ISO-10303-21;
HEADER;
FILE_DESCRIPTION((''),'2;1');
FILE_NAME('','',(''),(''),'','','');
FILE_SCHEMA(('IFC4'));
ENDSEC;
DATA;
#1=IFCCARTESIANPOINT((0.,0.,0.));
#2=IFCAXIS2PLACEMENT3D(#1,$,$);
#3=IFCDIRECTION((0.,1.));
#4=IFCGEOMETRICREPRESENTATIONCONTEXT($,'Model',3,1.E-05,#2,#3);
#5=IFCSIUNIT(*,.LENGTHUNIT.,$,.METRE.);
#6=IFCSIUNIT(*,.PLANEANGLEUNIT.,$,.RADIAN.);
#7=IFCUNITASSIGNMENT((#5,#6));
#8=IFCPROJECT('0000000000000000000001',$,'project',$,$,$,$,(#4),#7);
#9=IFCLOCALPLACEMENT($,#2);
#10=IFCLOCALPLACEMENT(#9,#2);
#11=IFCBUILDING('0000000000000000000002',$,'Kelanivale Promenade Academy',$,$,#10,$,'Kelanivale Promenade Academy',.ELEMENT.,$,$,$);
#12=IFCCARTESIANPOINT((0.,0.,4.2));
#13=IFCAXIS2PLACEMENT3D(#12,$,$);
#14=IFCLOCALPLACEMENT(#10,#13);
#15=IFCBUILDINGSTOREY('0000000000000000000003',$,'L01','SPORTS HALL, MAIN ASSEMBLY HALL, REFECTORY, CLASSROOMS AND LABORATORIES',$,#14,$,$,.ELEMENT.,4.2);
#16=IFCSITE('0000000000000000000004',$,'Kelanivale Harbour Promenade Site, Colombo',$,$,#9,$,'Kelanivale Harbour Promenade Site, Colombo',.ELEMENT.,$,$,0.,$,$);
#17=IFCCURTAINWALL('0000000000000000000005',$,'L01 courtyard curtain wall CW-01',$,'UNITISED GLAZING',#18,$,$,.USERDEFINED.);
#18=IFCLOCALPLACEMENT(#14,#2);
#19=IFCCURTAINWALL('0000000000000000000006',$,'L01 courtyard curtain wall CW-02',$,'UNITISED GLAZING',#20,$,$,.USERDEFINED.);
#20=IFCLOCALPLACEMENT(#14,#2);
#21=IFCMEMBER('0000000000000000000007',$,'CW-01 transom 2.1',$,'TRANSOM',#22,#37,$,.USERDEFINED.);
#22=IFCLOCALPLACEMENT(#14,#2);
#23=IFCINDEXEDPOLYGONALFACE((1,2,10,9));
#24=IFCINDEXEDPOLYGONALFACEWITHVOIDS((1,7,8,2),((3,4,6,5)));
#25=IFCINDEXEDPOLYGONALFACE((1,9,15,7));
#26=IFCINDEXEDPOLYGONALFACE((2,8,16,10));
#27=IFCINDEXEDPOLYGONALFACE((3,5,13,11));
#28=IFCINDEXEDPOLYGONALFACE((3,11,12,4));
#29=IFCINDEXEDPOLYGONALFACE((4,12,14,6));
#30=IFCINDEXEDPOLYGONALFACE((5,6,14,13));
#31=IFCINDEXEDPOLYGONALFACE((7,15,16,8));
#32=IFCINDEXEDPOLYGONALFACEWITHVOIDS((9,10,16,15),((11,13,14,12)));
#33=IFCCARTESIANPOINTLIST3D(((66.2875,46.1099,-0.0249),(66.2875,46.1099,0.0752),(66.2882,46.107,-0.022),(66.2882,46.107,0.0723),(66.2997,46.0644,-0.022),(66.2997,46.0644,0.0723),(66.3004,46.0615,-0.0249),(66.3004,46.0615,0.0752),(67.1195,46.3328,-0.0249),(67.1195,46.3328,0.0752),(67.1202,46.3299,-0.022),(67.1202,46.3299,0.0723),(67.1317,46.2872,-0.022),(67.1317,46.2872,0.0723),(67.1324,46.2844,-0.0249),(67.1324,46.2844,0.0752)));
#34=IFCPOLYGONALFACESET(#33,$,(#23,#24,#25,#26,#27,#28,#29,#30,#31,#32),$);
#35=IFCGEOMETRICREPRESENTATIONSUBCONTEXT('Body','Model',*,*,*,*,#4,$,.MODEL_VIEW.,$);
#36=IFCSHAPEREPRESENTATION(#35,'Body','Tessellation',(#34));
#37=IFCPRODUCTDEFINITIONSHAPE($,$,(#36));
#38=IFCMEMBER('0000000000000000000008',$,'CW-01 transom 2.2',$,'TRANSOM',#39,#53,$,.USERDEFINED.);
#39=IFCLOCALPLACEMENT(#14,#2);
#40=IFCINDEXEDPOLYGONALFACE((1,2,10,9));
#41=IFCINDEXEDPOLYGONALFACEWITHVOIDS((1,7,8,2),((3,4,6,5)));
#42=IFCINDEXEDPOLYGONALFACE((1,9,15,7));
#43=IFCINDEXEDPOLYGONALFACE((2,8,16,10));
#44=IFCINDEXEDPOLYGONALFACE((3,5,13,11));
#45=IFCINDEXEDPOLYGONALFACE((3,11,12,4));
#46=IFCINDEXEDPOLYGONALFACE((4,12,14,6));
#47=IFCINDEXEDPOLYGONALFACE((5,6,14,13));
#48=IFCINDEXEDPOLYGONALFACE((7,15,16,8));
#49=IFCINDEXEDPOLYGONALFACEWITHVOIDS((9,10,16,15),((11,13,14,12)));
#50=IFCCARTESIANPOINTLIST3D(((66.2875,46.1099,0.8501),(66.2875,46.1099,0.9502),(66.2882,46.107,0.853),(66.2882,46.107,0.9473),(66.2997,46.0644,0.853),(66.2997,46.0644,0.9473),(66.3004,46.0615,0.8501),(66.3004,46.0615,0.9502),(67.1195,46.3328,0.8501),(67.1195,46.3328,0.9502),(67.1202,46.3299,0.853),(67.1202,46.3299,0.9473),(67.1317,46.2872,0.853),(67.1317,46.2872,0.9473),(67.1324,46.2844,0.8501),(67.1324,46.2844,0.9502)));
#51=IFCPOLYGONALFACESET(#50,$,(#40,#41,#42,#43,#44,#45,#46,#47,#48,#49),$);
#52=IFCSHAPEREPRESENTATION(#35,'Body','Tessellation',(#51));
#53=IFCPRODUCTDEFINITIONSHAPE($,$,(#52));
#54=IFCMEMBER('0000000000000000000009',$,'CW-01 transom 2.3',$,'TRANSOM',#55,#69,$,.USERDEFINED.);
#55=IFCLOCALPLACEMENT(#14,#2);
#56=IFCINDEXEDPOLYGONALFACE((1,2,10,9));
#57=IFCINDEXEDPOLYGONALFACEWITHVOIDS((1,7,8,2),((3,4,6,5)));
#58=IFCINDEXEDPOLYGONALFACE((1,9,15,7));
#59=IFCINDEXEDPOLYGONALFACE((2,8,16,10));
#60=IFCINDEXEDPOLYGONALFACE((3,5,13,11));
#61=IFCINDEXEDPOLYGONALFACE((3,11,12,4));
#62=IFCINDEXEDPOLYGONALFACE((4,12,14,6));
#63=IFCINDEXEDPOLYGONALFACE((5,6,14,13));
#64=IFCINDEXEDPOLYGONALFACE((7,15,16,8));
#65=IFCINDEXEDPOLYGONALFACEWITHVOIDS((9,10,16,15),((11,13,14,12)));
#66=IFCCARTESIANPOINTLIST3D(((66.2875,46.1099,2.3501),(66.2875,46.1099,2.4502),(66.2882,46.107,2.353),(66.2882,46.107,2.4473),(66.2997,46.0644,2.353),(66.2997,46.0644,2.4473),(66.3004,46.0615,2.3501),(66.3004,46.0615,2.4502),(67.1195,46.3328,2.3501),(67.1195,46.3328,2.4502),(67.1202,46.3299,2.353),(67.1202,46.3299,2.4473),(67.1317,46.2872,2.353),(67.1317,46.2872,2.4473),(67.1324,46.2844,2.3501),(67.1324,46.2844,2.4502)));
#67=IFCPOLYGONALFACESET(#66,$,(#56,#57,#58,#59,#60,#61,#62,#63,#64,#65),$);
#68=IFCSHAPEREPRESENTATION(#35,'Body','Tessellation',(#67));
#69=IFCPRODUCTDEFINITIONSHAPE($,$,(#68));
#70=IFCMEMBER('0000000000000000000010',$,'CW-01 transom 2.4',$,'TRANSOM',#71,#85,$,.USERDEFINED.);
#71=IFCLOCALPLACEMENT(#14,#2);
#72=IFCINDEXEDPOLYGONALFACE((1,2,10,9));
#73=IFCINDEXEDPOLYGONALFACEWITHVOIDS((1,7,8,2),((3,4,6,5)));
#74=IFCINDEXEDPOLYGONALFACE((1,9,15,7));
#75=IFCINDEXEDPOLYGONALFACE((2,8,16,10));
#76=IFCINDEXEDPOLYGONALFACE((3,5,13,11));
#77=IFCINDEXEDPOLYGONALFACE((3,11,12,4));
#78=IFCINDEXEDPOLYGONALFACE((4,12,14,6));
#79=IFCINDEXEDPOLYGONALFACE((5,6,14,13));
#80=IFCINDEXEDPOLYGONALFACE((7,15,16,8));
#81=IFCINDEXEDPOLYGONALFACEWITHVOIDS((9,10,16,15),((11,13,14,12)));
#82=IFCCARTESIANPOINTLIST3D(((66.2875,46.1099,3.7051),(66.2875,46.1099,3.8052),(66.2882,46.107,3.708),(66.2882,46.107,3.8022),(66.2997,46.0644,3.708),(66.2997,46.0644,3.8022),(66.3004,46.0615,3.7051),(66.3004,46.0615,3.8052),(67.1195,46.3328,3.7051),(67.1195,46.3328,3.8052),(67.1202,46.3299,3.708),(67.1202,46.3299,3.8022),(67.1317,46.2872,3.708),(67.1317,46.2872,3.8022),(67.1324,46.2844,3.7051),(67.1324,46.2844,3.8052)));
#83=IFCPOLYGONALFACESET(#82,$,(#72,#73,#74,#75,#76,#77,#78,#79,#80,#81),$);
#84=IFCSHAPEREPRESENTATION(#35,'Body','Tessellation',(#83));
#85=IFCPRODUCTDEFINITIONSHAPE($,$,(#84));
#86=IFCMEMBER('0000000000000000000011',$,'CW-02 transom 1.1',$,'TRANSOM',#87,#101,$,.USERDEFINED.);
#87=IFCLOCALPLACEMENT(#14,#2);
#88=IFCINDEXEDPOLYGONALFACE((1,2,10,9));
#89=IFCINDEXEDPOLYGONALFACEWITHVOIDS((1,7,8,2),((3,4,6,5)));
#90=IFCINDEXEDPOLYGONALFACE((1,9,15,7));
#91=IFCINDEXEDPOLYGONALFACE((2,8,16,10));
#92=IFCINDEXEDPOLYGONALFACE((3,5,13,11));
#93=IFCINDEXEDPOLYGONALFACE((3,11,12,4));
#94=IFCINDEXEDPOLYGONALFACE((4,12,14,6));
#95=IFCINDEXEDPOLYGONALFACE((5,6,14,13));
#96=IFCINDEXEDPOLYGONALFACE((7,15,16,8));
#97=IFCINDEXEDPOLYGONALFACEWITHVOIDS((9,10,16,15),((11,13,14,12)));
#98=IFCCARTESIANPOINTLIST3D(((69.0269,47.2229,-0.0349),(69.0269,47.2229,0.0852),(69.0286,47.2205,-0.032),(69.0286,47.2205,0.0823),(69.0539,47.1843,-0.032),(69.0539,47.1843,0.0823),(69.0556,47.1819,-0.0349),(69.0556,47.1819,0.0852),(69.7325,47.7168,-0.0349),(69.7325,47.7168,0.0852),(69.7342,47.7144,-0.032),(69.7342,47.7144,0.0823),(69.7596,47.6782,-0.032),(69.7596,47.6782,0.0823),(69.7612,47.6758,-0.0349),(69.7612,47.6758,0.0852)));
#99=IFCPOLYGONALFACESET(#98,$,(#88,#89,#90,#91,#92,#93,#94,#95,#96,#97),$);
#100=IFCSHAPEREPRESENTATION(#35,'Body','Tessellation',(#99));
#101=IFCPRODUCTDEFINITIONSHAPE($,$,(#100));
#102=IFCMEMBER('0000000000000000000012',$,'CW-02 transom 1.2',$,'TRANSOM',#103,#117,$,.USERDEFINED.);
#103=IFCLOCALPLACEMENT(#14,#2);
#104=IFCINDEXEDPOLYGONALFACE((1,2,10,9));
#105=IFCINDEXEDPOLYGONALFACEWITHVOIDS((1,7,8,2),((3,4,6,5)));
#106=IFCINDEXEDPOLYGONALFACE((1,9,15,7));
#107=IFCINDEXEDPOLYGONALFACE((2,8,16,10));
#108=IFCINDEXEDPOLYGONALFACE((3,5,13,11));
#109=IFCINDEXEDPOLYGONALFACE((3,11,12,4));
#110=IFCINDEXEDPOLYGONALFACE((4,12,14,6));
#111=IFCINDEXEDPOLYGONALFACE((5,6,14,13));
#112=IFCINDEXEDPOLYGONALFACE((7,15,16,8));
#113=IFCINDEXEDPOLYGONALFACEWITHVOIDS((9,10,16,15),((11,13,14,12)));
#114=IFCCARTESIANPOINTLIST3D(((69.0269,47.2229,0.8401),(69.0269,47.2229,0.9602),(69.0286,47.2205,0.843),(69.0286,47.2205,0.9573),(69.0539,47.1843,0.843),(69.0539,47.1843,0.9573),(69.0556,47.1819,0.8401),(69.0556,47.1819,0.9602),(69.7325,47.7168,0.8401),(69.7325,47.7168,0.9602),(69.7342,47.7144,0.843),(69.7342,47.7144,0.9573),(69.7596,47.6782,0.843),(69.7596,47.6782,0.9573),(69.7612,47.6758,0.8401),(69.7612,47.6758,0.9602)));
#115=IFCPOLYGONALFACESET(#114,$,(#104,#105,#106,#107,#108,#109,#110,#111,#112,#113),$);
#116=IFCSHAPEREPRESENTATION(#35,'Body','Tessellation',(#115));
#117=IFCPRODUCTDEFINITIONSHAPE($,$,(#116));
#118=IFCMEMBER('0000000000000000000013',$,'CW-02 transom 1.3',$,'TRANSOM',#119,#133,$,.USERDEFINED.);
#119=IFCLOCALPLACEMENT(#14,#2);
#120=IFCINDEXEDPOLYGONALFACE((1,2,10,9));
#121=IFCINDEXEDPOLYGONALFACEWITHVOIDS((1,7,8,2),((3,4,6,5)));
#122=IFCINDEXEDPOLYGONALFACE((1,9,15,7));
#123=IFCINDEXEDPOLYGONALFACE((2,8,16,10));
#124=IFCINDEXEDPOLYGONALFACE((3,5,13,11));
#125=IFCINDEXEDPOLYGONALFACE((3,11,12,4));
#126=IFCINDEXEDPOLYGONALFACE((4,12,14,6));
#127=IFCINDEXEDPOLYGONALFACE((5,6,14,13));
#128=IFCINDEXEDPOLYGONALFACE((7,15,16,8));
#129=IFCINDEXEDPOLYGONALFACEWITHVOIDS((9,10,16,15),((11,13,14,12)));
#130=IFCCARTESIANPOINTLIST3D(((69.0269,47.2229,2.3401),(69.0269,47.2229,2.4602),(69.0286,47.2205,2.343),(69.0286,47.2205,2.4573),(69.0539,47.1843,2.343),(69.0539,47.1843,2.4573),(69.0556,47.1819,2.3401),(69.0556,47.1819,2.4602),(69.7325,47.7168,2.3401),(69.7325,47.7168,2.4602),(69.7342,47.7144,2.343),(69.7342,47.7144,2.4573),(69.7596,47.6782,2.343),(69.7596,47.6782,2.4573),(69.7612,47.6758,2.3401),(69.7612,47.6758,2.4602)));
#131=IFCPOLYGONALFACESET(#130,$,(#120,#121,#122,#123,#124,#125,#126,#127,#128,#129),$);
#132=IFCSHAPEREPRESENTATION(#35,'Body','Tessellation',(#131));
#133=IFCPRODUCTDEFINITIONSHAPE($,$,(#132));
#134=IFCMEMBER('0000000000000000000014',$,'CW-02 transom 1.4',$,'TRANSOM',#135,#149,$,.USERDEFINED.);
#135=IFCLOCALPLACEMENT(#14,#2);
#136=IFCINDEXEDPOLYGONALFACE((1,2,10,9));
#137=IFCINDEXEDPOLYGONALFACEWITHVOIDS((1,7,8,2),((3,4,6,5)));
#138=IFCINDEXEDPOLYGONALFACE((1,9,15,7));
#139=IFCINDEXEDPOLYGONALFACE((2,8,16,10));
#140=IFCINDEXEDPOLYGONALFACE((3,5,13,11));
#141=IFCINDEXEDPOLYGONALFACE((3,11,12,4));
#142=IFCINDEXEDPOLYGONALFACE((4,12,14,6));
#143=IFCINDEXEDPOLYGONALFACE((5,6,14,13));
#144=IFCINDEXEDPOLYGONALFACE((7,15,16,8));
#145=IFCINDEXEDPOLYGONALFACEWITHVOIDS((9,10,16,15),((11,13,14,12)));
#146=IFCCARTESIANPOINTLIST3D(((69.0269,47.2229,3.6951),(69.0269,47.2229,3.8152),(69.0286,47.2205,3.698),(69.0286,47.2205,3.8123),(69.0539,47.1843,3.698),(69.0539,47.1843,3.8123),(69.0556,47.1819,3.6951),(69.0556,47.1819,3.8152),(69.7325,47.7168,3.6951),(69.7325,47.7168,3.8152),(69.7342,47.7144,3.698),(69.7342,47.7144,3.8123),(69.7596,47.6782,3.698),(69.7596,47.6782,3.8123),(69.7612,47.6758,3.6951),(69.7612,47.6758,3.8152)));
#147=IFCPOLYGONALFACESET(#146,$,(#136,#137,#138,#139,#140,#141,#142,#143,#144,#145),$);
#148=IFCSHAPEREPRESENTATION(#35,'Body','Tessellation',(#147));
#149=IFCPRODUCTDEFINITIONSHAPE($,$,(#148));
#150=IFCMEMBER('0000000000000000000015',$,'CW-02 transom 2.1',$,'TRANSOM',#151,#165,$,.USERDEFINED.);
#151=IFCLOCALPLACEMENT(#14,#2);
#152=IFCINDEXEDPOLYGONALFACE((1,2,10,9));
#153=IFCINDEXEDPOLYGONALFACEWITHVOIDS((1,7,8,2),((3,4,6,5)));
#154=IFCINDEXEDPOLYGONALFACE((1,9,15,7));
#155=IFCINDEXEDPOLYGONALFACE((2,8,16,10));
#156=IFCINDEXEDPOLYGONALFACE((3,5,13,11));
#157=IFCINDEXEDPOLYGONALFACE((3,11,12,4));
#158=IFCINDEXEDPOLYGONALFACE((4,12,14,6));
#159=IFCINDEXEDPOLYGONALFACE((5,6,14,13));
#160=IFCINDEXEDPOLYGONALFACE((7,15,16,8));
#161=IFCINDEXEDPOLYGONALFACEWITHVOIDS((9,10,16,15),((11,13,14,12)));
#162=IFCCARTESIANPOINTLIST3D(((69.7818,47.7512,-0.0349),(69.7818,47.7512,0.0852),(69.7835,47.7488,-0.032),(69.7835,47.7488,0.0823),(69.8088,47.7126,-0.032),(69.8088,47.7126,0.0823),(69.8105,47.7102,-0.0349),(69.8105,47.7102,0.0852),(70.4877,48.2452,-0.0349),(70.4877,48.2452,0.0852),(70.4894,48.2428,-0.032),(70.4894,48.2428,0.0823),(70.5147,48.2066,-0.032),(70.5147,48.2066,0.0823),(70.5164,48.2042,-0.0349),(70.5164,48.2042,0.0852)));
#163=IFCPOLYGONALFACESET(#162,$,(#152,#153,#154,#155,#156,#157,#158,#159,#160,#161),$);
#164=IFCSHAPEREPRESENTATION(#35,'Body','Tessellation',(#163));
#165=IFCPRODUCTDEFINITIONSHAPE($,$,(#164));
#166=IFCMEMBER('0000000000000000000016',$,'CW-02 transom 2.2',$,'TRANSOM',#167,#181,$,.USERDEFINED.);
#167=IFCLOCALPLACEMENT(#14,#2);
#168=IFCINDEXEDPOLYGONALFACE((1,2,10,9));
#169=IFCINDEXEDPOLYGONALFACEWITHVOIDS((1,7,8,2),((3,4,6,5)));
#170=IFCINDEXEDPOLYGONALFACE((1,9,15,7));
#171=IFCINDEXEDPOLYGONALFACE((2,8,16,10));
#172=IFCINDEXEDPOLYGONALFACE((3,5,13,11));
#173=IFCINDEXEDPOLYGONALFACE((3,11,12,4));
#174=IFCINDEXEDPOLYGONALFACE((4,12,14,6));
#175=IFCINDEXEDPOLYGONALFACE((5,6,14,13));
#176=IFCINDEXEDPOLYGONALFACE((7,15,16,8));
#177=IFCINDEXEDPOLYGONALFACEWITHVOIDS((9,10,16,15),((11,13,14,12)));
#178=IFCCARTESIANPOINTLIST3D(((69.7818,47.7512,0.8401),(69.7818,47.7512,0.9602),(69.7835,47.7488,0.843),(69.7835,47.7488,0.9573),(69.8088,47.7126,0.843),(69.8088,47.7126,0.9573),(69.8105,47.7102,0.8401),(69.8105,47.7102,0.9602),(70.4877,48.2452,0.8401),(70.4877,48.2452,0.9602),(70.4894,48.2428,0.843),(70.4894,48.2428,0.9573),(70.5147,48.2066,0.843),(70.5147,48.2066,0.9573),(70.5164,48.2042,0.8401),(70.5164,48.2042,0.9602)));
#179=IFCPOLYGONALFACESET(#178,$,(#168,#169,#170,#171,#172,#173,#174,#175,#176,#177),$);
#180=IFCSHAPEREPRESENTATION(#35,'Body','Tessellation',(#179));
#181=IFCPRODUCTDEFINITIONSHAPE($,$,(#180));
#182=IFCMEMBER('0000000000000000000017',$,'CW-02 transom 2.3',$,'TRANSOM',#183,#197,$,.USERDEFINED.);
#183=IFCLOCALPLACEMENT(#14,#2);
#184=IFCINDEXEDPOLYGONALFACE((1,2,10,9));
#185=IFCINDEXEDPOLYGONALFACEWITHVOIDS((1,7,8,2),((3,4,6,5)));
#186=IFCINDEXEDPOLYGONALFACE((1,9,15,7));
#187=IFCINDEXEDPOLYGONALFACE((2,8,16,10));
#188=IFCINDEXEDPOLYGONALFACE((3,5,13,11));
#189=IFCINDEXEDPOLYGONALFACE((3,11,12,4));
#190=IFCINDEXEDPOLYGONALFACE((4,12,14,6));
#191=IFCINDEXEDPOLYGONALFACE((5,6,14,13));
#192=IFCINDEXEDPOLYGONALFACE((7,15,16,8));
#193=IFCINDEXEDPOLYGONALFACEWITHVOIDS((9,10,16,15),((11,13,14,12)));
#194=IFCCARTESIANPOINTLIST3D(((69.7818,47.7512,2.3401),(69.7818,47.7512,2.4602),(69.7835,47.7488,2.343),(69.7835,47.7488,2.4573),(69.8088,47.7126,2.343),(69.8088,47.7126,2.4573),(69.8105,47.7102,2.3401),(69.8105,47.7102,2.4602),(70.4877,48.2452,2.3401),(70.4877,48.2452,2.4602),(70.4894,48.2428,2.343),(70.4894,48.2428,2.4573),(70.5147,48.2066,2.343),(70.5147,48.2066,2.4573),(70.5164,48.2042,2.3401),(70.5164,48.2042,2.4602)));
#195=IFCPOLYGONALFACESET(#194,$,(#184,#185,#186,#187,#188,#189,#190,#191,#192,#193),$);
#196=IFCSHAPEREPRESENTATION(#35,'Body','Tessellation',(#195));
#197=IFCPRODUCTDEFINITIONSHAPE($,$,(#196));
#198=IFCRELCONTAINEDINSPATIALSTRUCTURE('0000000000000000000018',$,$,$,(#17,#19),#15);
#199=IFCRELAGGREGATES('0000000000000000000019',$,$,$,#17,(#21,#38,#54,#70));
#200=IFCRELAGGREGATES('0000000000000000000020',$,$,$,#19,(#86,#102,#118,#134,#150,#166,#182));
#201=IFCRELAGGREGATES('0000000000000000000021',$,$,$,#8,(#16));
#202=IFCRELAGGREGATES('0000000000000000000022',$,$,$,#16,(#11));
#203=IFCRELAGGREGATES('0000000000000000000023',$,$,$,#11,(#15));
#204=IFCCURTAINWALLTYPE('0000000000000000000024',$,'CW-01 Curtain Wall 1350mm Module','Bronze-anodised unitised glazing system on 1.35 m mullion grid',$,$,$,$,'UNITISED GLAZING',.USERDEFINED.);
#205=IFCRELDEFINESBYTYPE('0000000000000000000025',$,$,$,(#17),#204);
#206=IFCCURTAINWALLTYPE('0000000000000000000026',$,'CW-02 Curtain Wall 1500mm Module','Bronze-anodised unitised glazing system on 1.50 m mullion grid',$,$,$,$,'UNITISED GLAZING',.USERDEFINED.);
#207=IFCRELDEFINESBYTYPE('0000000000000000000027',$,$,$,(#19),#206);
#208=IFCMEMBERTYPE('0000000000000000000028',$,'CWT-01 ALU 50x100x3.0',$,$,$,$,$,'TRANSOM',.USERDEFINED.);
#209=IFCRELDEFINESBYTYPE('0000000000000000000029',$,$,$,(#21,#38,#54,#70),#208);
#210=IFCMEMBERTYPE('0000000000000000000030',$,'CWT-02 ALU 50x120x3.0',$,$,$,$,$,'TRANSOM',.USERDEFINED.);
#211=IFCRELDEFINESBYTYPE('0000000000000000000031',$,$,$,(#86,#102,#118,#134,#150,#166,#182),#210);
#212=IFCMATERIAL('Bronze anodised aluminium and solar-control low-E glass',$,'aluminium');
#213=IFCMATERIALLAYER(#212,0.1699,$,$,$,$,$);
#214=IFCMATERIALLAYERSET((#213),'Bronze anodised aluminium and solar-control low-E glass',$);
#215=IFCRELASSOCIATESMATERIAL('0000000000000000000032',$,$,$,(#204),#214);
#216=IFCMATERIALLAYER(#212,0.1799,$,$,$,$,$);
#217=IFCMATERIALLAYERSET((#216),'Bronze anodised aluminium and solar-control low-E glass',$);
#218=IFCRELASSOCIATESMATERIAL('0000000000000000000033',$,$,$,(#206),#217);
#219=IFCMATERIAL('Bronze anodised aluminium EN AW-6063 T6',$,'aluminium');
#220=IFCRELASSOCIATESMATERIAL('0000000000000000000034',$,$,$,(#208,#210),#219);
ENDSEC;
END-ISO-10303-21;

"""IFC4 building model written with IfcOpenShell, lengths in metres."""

from ifc_helpers import new_model, si_unit, direction, frame, origin, origin_2d, place, context, subcontext, project, spatial, hollow_rectangle, extrude, material, layer, layer_set, material_profile, profile_set, type_object, element, aggregate, save


model = new_model("IFC4")

# Units and contexts
model_context = context("Model", 3, precision=1e-05, world=origin(), true_north=direction((0.0, 1.0)))
body_context = subcontext(model_context, "Body", "Model", "MODEL_VIEW")
ifc_project = project(units=[si_unit("LENGTHUNIT", "METRE"), si_unit("PLANEANGLEUNIT", "RADIAN")], contexts=[model_context])

# Site, building, storey
site_placement = place(None, origin())
site = spatial("IfcSite", under=ifc_project, at=site_placement, Name="Kelanivale Harbour Promenade Site, Colombo", LongName="Kelanivale Harbour Promenade Site, Colombo", CompositionType="ELEMENT", RefElevation=0.0)
building_placement = place(site_placement, origin())
building = spatial("IfcBuilding", under=site, at=building_placement, Name="Kelanivale Promenade Academy", LongName="Kelanivale Promenade Academy", CompositionType="ELEMENT")
storey_placement = place(building_placement, frame((0.0, 0.0, 4.2)))
storey = spatial("IfcBuildingStorey", under=building, at=storey_placement, Name="L01", Description="SPORTS HALL, MAIN ASSEMBLY HALL, REFECTORY, CLASSROOMS AND LABORATORIES", CompositionType="ELEMENT", Elevation=4.2)

# Curtain walls
ifc_material_1 = material(Name="Bronze anodised aluminium and solar-control low-E glass", Category="aluminium")
ifc_layer_1 = layer(ifc_material_1, 0.1699)
ifc_layer_set_1 = layer_set([ifc_layer_1], Name="Bronze anodised aluminium and solar-control low-E glass")
curtain_wall_type_1 = type_object("IfcCurtainWallType", Name="CW-01 Curtain Wall 1350mm Module", Description="Bronze-anodised unitised glazing system on 1.35 m mullion grid", ElementType="UNITISED GLAZING", PredefinedType="USERDEFINED", material=ifc_layer_set_1)
curtain_wall_1_placement = place(storey_placement, origin())
curtain_wall_1 = element("IfcCurtainWall", 1, at=curtain_wall_1_placement, inside=storey, type_object=curtain_wall_type_1, Name="L01 courtyard curtain wall CW-01", ObjectType="UNITISED GLAZING", PredefinedType="USERDEFINED")
ifc_material_2 = material(Name="Bronze anodised aluminium EN AW-6063 T6", Category="aluminium")
ifc_layer_2 = layer(ifc_material_1, 0.1799)
ifc_layer_set_2 = layer_set([ifc_layer_2], Name="Bronze anodised aluminium and solar-control low-E glass")
curtain_wall_type_2 = type_object("IfcCurtainWallType", Name="CW-02 Curtain Wall 1500mm Module", Description="Bronze-anodised unitised glazing system on 1.50 m mullion grid", ElementType="UNITISED GLAZING", PredefinedType="USERDEFINED", material=ifc_layer_set_2)
curtain_wall_2_placement = place(storey_placement, origin())
curtain_wall_2 = element("IfcCurtainWall", 2, at=curtain_wall_2_placement, inside=storey, type_object=curtain_wall_type_2, Name="L01 courtyard curtain wall CW-02", ObjectType="UNITISED GLAZING", PredefinedType="USERDEFINED")

# Members
ifc_material_profile_1 = material_profile(ifc_material_2, hollow_rectangle(XDim=0.05, YDim=0.1001, WallThickness=0.0029, at=origin_2d()), Name="ALU 50x100x3.0")
ifc_profile_set_1 = profile_set([ifc_material_profile_1], Name="Bronze anodised aluminium EN AW-6063 T6")
member_type_1 = type_object("IfcMemberType", Name="CWT-01 ALU 50x100x3.0", ElementType="TRANSOM", PredefinedType="USERDEFINED", material=ifc_profile_set_1)
member_1_placement = place(storey_placement, frame((66.2939, 46.0857, 0.0251), z_axis=(0.965938, 0.258774, 0.0), x_axis=(-0.258774, 0.965938, 0.0)))
member_1 = element("IfcMember", 3, at=member_1_placement, type_object=member_type_1, Name="CW-01 transom 2.1", ObjectType="TRANSOM", PredefinedType="USERDEFINED", context=body_context, shape_type="SweptSolid", body=[
    extrude(hollow_rectangle(XDim=0.05, YDim=0.1001, WallThickness=0.0029, at=origin_2d()), origin(), (0.0, 0.0, 1.0), 0.8613),
])
member_2_placement = place(storey_placement, frame((66.2939, 46.0857, 0.9001), z_axis=(0.965938, 0.258774, 0.0), x_axis=(-0.258774, 0.965938, 0.0)))
member_2 = element("IfcMember", 4, at=member_2_placement, type_object=member_type_1, Name="CW-01 transom 2.2", ObjectType="TRANSOM", PredefinedType="USERDEFINED", context=body_context, shape_type="SweptSolid", body=[
    extrude(hollow_rectangle(XDim=0.05, YDim=0.1001, WallThickness=0.0029, at=origin_2d()), origin(), (0.0, 0.0, 1.0), 0.8613),
])
member_3_placement = place(storey_placement, frame((66.2939, 46.0857, 2.4001), z_axis=(0.965938, 0.258774, 0.0), x_axis=(-0.258774, 0.965938, 0.0)))
member_3 = element("IfcMember", 5, at=member_3_placement, type_object=member_type_1, Name="CW-01 transom 2.3", ObjectType="TRANSOM", PredefinedType="USERDEFINED", context=body_context, shape_type="SweptSolid", body=[
    extrude(hollow_rectangle(XDim=0.05, YDim=0.1001, WallThickness=0.0029, at=origin_2d()), origin(), (0.0, 0.0, 1.0), 0.8613),
])
member_4_placement = place(storey_placement, frame((66.2939, 46.0857, 3.7551), z_axis=(0.965938, 0.258774, 0.0), x_axis=(-0.258774, 0.965938, 0.0)))
member_4 = element("IfcMember", 6, at=member_4_placement, type_object=member_type_1, Name="CW-01 transom 2.4", ObjectType="TRANSOM", PredefinedType="USERDEFINED", context=body_context, shape_type="SweptSolid", body=[
    extrude(hollow_rectangle(XDim=0.05, YDim=0.1001, WallThickness=0.0029, at=origin_2d()), origin(), (0.0, 0.0, 1.0), 0.8613),
])
ifc_material_profile_2 = material_profile(ifc_material_2, hollow_rectangle(XDim=0.05, YDim=0.1201, WallThickness=0.0029, at=origin_2d()), Name="ALU 50x120x3.0")
ifc_profile_set_2 = profile_set([ifc_material_profile_2], Name="Bronze anodised aluminium EN AW-6063 T6")
member_type_2 = type_object("IfcMemberType", Name="CWT-02 ALU 50x120x3.0", ElementType="TRANSOM", PredefinedType="USERDEFINED", material=ifc_profile_set_2)
member_5_placement = place(storey_placement, frame((69.0413, 47.2024, 0.0251), z_axis=(0.819232, 0.573462, 0.0), x_axis=(-0.573462, 0.819232, 0.0)))
member_5 = element("IfcMember", 7, at=member_5_placement, type_object=member_type_2, Name="CW-02 transom 1.1", ObjectType="TRANSOM", PredefinedType="USERDEFINED", context=body_context, shape_type="SweptSolid", body=[
    extrude(hollow_rectangle(XDim=0.05, YDim=0.1201, WallThickness=0.0029, at=origin_2d()), origin(), (0.0, 0.0, 1.0), 0.8613),
])
member_6_placement = place(storey_placement, frame((69.0413, 47.2024, 0.9001), z_axis=(0.819232, 0.573462, 0.0), x_axis=(-0.573462, 0.819232, 0.0)))
member_6 = element("IfcMember", 8, at=member_6_placement, type_object=member_type_2, Name="CW-02 transom 1.2", ObjectType="TRANSOM", PredefinedType="USERDEFINED", context=body_context, shape_type="SweptSolid", body=[
    extrude(hollow_rectangle(XDim=0.05, YDim=0.1201, WallThickness=0.0029, at=origin_2d()), origin(), (0.0, 0.0, 1.0), 0.8613),
])
member_7_placement = place(storey_placement, frame((69.0413, 47.2024, 2.4001), z_axis=(0.819232, 0.573462, 0.0), x_axis=(-0.573462, 0.819232, 0.0)))
member_7 = element("IfcMember", 9, at=member_7_placement, type_object=member_type_2, Name="CW-02 transom 1.3", ObjectType="TRANSOM", PredefinedType="USERDEFINED", context=body_context, shape_type="SweptSolid", body=[
    extrude(hollow_rectangle(XDim=0.05, YDim=0.1201, WallThickness=0.0029, at=origin_2d()), origin(), (0.0, 0.0, 1.0), 0.8613),
])
member_8_placement = place(storey_placement, frame((69.0413, 47.2024, 3.7551), z_axis=(0.819232, 0.573462, 0.0), x_axis=(-0.573462, 0.819232, 0.0)))
member_8 = element("IfcMember", 10, at=member_8_placement, type_object=member_type_2, Name="CW-02 transom 1.4", ObjectType="TRANSOM", PredefinedType="USERDEFINED", context=body_context, shape_type="SweptSolid", body=[
    extrude(hollow_rectangle(XDim=0.05, YDim=0.1201, WallThickness=0.0029, at=origin_2d()), origin(), (0.0, 0.0, 1.0), 0.8613),
])
member_9_placement = place(storey_placement, frame((69.7961, 47.7307, 0.0251), z_axis=(0.819325, 0.573329, 0.0), x_axis=(-0.573329, 0.819325, 0.0)))
member_9 = element("IfcMember", 11, at=member_9_placement, type_object=member_type_2, Name="CW-02 transom 2.1", ObjectType="TRANSOM", PredefinedType="USERDEFINED", context=body_context, shape_type="SweptSolid", body=[
    extrude(hollow_rectangle(XDim=0.05, YDim=0.1201, WallThickness=0.0029, at=origin_2d()), origin(), (0.0, 0.0, 1.0), 0.8616),
])
member_10_placement = place(storey_placement, frame((69.7961, 47.7307, 0.9001), z_axis=(0.819325, 0.573329, 0.0), x_axis=(-0.573329, 0.819325, 0.0)))
member_10 = element("IfcMember", 12, at=member_10_placement, type_object=member_type_2, Name="CW-02 transom 2.2", ObjectType="TRANSOM", PredefinedType="USERDEFINED", context=body_context, shape_type="SweptSolid", body=[
    extrude(hollow_rectangle(XDim=0.05, YDim=0.1201, WallThickness=0.0029, at=origin_2d()), origin(), (0.0, 0.0, 1.0), 0.8616),
])
member_11_placement = place(storey_placement, frame((69.7961, 47.7307, 2.4001), z_axis=(0.819325, 0.573329, 0.0), x_axis=(-0.573329, 0.819325, 0.0)))
member_11 = element("IfcMember", 13, at=member_11_placement, type_object=member_type_2, Name="CW-02 transom 2.3", ObjectType="TRANSOM", PredefinedType="USERDEFINED", context=body_context, shape_type="SweptSolid", body=[
    extrude(hollow_rectangle(XDim=0.05, YDim=0.1201, WallThickness=0.0029, at=origin_2d()), origin(), (0.0, 0.0, 1.0), 0.8616),
])

aggregate(curtain_wall_1, [member_1, member_2, member_3, member_4])
aggregate(curtain_wall_2, [member_5, member_6, member_7, member_8, member_9, member_10, member_11])

save(model, "model.ifc")
